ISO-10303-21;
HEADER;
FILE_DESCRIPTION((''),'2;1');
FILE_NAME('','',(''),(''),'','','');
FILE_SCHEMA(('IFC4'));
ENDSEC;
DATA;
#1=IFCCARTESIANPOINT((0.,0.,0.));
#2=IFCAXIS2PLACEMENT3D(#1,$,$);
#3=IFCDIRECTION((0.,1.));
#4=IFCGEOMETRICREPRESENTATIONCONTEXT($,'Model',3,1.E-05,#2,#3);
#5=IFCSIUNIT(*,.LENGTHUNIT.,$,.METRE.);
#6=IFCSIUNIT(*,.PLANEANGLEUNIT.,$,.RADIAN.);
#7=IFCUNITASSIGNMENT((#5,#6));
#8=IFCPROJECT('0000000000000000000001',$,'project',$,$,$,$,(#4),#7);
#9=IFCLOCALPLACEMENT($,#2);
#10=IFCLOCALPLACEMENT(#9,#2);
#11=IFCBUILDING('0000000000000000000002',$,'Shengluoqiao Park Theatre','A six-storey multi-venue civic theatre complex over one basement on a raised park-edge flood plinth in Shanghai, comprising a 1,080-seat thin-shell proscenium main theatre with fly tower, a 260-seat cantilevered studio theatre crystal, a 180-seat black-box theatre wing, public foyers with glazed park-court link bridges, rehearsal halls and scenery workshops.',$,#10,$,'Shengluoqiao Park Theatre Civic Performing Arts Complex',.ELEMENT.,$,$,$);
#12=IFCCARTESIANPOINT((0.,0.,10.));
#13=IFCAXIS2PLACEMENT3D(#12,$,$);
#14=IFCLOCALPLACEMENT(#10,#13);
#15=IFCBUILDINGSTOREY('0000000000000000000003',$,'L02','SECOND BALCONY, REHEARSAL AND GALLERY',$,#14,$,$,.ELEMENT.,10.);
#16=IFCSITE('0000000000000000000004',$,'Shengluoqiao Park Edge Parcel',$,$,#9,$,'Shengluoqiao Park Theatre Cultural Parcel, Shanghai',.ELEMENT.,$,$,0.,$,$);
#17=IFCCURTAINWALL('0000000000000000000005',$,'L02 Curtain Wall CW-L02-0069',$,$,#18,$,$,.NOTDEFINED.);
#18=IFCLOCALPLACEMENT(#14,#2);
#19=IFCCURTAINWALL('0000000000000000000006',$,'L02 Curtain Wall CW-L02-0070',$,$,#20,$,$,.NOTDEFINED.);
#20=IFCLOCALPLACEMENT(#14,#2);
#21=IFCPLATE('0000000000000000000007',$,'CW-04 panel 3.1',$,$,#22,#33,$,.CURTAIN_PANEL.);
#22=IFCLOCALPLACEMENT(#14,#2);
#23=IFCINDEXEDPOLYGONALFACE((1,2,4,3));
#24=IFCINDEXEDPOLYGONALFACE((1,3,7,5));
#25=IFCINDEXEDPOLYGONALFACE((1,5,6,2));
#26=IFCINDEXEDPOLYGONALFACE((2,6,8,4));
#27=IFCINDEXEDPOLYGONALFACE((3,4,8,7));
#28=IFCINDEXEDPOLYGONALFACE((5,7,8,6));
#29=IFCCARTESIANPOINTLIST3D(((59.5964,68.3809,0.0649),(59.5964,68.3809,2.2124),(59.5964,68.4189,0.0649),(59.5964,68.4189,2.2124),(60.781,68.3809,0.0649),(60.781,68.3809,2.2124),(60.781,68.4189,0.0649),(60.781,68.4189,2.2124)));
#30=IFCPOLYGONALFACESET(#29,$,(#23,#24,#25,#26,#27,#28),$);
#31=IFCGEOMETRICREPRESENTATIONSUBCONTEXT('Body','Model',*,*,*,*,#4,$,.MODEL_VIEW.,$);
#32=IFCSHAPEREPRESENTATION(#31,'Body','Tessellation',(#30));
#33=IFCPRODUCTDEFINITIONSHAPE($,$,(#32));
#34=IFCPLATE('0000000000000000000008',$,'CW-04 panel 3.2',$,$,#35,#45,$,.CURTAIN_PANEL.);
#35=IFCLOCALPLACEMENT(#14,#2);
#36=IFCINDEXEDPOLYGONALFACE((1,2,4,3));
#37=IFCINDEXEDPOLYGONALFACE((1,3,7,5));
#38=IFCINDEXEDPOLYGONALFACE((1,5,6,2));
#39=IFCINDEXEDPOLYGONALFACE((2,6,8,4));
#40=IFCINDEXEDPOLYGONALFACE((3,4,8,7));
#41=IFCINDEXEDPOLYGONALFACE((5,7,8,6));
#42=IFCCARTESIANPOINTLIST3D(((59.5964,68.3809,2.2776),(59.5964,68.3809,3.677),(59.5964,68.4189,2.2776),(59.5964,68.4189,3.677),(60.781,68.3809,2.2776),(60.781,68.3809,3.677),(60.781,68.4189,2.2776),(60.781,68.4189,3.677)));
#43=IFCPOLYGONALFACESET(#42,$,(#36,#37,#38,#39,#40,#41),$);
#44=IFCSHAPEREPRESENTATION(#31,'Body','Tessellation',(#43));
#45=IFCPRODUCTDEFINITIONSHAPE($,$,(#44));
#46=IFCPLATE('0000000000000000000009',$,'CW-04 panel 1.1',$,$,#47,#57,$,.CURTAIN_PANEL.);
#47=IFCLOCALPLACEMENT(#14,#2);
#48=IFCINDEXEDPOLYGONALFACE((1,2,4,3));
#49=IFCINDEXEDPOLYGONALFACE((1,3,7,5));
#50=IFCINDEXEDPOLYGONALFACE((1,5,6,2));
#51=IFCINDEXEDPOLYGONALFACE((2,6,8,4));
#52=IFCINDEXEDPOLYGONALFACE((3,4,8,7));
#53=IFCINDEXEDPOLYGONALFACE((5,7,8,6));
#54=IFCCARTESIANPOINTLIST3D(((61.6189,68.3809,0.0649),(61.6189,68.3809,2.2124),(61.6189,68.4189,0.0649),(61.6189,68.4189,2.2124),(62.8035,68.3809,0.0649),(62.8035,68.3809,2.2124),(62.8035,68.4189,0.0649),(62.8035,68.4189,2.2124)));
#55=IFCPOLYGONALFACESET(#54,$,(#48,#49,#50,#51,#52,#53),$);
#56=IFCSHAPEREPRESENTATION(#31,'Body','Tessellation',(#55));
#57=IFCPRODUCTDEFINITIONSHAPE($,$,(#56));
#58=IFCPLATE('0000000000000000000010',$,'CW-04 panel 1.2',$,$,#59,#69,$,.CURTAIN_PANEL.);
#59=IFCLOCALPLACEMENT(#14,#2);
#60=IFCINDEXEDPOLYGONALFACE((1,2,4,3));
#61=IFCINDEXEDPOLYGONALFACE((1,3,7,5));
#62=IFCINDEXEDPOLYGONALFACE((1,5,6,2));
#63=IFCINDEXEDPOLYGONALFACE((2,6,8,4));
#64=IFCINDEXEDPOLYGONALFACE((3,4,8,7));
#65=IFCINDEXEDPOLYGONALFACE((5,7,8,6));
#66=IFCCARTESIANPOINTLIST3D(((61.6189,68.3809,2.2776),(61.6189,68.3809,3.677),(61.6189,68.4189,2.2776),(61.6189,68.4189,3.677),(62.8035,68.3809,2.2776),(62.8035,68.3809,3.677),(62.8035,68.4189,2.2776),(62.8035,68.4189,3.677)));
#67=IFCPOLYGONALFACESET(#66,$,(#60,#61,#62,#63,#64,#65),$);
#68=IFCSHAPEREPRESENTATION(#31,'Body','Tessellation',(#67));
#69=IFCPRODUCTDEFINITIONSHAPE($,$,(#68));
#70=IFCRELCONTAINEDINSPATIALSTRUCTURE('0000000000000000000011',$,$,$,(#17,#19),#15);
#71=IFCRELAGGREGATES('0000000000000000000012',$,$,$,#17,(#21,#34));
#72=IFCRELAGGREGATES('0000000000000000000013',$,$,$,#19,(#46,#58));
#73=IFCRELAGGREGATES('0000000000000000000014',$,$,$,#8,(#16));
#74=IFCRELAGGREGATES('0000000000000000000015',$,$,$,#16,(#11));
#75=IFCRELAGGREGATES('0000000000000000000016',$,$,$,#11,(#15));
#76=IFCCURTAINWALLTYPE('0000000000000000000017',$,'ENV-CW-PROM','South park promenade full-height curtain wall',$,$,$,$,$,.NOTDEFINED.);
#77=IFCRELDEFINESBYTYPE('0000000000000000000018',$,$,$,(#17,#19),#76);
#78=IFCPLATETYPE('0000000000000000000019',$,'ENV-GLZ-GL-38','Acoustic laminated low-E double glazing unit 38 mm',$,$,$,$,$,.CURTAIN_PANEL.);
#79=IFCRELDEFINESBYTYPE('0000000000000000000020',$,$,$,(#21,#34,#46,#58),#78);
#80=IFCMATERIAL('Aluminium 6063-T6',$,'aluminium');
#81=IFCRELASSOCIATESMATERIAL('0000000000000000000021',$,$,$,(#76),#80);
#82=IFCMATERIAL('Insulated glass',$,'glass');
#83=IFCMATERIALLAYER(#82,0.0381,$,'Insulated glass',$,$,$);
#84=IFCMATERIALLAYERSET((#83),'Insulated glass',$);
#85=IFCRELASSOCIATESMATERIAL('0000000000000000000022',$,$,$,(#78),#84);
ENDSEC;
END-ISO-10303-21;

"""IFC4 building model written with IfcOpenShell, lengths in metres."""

from ifc_helpers import new_model, si_unit, direction, frame, origin, origin_2d, place, context, subcontext, project, spatial, rectangle, extrude, material, layer, layer_set, type_object, element, aggregate, save


model = new_model("IFC4")

# Units and contexts
model_context = context("Model", 3, precision=1e-05, world=origin(), true_north=direction((0.0, 1.0)))
body_context = subcontext(model_context, "Body", "Model", "MODEL_VIEW")
ifc_project = project(units=[si_unit("LENGTHUNIT", "METRE"), si_unit("PLANEANGLEUNIT", "RADIAN")], contexts=[model_context])

# Site, building, storey
site_placement = place(None, origin())
site = spatial("IfcSite", under=ifc_project, at=site_placement, Name="Shengluoqiao Park Edge Parcel", LongName="Shengluoqiao Park Theatre Cultural Parcel, Shanghai", CompositionType="ELEMENT", RefElevation=0.0)
building_placement = place(site_placement, origin())
building = spatial("IfcBuilding", under=site, at=building_placement, Name="Shengluoqiao Park Theatre", Description="A six-storey multi-venue civic theatre complex over one basement on a raised park-edge flood plinth in Shanghai, comprising a 1,080-seat thin-shell proscenium main theatre with fly tower, a 260-seat cantilevered studio theatre crystal, a 180-seat black-box theatre wing, public foyers with glazed park-court link bridges, rehearsal halls and scenery workshops.", LongName="Shengluoqiao Park Theatre Civic Performing Arts Complex", CompositionType="ELEMENT")
storey_placement = place(building_placement, frame((0.0, 0.0, 10.0)))
storey = spatial("IfcBuildingStorey", under=building, at=storey_placement, Name="L02", Description="SECOND BALCONY, REHEARSAL AND GALLERY", CompositionType="ELEMENT", Elevation=10.0)

# Curtain walls
ifc_material_1 = material(Name="Aluminium 6063-T6", Category="aluminium")
curtain_wall_type = type_object("IfcCurtainWallType", Name="ENV-CW-PROM", Description="South park promenade full-height curtain wall", PredefinedType="NOTDEFINED", material=ifc_material_1)
curtain_wall_1_placement = place(storey_placement, origin())
curtain_wall_1 = element("IfcCurtainWall", 1, at=curtain_wall_1_placement, inside=storey, type_object=curtain_wall_type, Name="L02 Curtain Wall CW-L02-0069", PredefinedType="NOTDEFINED")
curtain_wall_2_placement = place(storey_placement, origin())
curtain_wall_2 = element("IfcCurtainWall", 2, at=curtain_wall_2_placement, inside=storey, type_object=curtain_wall_type, Name="L02 Curtain Wall CW-L02-0070", PredefinedType="NOTDEFINED")

# Plates
ifc_material_2 = material(Name="Insulated glass", Category="glass")
ifc_layer = layer(ifc_material_2, 0.0381, Name="Insulated glass")
ifc_layer_set = layer_set([ifc_layer], Name="Insulated glass")
plate_type = type_object("IfcPlateType", Name="ENV-GLZ-GL-38", Description="Acoustic laminated low-E double glazing unit 38 mm", PredefinedType="CURTAIN_PANEL", material=ifc_layer_set)
plate_1_placement = place(storey_placement, frame((60.1887, 68.3999, 0.0649), z_axis=(0.0, 0.0, 1.0), x_axis=(1.0, 0.0, 0.0)))
plate_1 = element("IfcPlate", 3, at=plate_1_placement, type_object=plate_type, Name="CW-04 panel 3.1", PredefinedType="CURTAIN_PANEL", context=body_context, shape_type="SweptSolid", body=[
    extrude(rectangle(XDim=1.1846, YDim=0.0381, at=origin_2d()), origin(), (0.0, 0.0, 1.0), 2.1475),
])
plate_2_placement = place(storey_placement, frame((60.1887, 68.3999, 2.2776), z_axis=(0.0, 0.0, 1.0), x_axis=(1.0, 0.0, 0.0)))
plate_2 = element("IfcPlate", 4, at=plate_2_placement, type_object=plate_type, Name="CW-04 panel 3.2", PredefinedType="CURTAIN_PANEL", context=body_context, shape_type="SweptSolid", body=[
    extrude(rectangle(XDim=1.1846, YDim=0.0381, at=origin_2d()), origin(), (0.0, 0.0, 1.0), 1.3994),
])
aggregate(curtain_wall_1, [plate_1, plate_2])
plate_3_placement = place(storey_placement, frame((62.2112, 68.3999, 0.0649), z_axis=(0.0, 0.0, 1.0), x_axis=(1.0, 0.0, 0.0)))
plate_3 = element("IfcPlate", 5, at=plate_3_placement, type_object=plate_type, Name="CW-04 panel 1.1", PredefinedType="CURTAIN_PANEL", context=body_context, shape_type="SweptSolid", body=[
    extrude(rectangle(XDim=1.1846, YDim=0.0381, at=origin_2d()), origin(), (0.0, 0.0, 1.0), 2.1475),
])
plate_4_placement = place(storey_placement, frame((62.2112, 68.3999, 2.2776), z_axis=(0.0, 0.0, 1.0), x_axis=(1.0, 0.0, 0.0)))
plate_4 = element("IfcPlate", 6, at=plate_4_placement, type_object=plate_type, Name="CW-04 panel 1.2", PredefinedType="CURTAIN_PANEL", context=body_context, shape_type="SweptSolid", body=[
    extrude(rectangle(XDim=1.1846, YDim=0.0381, at=origin_2d()), origin(), (0.0, 0.0, 1.0), 1.3994),
])
aggregate(curtain_wall_2, [plate_3, plate_4])

save(model, "model.ifc")
